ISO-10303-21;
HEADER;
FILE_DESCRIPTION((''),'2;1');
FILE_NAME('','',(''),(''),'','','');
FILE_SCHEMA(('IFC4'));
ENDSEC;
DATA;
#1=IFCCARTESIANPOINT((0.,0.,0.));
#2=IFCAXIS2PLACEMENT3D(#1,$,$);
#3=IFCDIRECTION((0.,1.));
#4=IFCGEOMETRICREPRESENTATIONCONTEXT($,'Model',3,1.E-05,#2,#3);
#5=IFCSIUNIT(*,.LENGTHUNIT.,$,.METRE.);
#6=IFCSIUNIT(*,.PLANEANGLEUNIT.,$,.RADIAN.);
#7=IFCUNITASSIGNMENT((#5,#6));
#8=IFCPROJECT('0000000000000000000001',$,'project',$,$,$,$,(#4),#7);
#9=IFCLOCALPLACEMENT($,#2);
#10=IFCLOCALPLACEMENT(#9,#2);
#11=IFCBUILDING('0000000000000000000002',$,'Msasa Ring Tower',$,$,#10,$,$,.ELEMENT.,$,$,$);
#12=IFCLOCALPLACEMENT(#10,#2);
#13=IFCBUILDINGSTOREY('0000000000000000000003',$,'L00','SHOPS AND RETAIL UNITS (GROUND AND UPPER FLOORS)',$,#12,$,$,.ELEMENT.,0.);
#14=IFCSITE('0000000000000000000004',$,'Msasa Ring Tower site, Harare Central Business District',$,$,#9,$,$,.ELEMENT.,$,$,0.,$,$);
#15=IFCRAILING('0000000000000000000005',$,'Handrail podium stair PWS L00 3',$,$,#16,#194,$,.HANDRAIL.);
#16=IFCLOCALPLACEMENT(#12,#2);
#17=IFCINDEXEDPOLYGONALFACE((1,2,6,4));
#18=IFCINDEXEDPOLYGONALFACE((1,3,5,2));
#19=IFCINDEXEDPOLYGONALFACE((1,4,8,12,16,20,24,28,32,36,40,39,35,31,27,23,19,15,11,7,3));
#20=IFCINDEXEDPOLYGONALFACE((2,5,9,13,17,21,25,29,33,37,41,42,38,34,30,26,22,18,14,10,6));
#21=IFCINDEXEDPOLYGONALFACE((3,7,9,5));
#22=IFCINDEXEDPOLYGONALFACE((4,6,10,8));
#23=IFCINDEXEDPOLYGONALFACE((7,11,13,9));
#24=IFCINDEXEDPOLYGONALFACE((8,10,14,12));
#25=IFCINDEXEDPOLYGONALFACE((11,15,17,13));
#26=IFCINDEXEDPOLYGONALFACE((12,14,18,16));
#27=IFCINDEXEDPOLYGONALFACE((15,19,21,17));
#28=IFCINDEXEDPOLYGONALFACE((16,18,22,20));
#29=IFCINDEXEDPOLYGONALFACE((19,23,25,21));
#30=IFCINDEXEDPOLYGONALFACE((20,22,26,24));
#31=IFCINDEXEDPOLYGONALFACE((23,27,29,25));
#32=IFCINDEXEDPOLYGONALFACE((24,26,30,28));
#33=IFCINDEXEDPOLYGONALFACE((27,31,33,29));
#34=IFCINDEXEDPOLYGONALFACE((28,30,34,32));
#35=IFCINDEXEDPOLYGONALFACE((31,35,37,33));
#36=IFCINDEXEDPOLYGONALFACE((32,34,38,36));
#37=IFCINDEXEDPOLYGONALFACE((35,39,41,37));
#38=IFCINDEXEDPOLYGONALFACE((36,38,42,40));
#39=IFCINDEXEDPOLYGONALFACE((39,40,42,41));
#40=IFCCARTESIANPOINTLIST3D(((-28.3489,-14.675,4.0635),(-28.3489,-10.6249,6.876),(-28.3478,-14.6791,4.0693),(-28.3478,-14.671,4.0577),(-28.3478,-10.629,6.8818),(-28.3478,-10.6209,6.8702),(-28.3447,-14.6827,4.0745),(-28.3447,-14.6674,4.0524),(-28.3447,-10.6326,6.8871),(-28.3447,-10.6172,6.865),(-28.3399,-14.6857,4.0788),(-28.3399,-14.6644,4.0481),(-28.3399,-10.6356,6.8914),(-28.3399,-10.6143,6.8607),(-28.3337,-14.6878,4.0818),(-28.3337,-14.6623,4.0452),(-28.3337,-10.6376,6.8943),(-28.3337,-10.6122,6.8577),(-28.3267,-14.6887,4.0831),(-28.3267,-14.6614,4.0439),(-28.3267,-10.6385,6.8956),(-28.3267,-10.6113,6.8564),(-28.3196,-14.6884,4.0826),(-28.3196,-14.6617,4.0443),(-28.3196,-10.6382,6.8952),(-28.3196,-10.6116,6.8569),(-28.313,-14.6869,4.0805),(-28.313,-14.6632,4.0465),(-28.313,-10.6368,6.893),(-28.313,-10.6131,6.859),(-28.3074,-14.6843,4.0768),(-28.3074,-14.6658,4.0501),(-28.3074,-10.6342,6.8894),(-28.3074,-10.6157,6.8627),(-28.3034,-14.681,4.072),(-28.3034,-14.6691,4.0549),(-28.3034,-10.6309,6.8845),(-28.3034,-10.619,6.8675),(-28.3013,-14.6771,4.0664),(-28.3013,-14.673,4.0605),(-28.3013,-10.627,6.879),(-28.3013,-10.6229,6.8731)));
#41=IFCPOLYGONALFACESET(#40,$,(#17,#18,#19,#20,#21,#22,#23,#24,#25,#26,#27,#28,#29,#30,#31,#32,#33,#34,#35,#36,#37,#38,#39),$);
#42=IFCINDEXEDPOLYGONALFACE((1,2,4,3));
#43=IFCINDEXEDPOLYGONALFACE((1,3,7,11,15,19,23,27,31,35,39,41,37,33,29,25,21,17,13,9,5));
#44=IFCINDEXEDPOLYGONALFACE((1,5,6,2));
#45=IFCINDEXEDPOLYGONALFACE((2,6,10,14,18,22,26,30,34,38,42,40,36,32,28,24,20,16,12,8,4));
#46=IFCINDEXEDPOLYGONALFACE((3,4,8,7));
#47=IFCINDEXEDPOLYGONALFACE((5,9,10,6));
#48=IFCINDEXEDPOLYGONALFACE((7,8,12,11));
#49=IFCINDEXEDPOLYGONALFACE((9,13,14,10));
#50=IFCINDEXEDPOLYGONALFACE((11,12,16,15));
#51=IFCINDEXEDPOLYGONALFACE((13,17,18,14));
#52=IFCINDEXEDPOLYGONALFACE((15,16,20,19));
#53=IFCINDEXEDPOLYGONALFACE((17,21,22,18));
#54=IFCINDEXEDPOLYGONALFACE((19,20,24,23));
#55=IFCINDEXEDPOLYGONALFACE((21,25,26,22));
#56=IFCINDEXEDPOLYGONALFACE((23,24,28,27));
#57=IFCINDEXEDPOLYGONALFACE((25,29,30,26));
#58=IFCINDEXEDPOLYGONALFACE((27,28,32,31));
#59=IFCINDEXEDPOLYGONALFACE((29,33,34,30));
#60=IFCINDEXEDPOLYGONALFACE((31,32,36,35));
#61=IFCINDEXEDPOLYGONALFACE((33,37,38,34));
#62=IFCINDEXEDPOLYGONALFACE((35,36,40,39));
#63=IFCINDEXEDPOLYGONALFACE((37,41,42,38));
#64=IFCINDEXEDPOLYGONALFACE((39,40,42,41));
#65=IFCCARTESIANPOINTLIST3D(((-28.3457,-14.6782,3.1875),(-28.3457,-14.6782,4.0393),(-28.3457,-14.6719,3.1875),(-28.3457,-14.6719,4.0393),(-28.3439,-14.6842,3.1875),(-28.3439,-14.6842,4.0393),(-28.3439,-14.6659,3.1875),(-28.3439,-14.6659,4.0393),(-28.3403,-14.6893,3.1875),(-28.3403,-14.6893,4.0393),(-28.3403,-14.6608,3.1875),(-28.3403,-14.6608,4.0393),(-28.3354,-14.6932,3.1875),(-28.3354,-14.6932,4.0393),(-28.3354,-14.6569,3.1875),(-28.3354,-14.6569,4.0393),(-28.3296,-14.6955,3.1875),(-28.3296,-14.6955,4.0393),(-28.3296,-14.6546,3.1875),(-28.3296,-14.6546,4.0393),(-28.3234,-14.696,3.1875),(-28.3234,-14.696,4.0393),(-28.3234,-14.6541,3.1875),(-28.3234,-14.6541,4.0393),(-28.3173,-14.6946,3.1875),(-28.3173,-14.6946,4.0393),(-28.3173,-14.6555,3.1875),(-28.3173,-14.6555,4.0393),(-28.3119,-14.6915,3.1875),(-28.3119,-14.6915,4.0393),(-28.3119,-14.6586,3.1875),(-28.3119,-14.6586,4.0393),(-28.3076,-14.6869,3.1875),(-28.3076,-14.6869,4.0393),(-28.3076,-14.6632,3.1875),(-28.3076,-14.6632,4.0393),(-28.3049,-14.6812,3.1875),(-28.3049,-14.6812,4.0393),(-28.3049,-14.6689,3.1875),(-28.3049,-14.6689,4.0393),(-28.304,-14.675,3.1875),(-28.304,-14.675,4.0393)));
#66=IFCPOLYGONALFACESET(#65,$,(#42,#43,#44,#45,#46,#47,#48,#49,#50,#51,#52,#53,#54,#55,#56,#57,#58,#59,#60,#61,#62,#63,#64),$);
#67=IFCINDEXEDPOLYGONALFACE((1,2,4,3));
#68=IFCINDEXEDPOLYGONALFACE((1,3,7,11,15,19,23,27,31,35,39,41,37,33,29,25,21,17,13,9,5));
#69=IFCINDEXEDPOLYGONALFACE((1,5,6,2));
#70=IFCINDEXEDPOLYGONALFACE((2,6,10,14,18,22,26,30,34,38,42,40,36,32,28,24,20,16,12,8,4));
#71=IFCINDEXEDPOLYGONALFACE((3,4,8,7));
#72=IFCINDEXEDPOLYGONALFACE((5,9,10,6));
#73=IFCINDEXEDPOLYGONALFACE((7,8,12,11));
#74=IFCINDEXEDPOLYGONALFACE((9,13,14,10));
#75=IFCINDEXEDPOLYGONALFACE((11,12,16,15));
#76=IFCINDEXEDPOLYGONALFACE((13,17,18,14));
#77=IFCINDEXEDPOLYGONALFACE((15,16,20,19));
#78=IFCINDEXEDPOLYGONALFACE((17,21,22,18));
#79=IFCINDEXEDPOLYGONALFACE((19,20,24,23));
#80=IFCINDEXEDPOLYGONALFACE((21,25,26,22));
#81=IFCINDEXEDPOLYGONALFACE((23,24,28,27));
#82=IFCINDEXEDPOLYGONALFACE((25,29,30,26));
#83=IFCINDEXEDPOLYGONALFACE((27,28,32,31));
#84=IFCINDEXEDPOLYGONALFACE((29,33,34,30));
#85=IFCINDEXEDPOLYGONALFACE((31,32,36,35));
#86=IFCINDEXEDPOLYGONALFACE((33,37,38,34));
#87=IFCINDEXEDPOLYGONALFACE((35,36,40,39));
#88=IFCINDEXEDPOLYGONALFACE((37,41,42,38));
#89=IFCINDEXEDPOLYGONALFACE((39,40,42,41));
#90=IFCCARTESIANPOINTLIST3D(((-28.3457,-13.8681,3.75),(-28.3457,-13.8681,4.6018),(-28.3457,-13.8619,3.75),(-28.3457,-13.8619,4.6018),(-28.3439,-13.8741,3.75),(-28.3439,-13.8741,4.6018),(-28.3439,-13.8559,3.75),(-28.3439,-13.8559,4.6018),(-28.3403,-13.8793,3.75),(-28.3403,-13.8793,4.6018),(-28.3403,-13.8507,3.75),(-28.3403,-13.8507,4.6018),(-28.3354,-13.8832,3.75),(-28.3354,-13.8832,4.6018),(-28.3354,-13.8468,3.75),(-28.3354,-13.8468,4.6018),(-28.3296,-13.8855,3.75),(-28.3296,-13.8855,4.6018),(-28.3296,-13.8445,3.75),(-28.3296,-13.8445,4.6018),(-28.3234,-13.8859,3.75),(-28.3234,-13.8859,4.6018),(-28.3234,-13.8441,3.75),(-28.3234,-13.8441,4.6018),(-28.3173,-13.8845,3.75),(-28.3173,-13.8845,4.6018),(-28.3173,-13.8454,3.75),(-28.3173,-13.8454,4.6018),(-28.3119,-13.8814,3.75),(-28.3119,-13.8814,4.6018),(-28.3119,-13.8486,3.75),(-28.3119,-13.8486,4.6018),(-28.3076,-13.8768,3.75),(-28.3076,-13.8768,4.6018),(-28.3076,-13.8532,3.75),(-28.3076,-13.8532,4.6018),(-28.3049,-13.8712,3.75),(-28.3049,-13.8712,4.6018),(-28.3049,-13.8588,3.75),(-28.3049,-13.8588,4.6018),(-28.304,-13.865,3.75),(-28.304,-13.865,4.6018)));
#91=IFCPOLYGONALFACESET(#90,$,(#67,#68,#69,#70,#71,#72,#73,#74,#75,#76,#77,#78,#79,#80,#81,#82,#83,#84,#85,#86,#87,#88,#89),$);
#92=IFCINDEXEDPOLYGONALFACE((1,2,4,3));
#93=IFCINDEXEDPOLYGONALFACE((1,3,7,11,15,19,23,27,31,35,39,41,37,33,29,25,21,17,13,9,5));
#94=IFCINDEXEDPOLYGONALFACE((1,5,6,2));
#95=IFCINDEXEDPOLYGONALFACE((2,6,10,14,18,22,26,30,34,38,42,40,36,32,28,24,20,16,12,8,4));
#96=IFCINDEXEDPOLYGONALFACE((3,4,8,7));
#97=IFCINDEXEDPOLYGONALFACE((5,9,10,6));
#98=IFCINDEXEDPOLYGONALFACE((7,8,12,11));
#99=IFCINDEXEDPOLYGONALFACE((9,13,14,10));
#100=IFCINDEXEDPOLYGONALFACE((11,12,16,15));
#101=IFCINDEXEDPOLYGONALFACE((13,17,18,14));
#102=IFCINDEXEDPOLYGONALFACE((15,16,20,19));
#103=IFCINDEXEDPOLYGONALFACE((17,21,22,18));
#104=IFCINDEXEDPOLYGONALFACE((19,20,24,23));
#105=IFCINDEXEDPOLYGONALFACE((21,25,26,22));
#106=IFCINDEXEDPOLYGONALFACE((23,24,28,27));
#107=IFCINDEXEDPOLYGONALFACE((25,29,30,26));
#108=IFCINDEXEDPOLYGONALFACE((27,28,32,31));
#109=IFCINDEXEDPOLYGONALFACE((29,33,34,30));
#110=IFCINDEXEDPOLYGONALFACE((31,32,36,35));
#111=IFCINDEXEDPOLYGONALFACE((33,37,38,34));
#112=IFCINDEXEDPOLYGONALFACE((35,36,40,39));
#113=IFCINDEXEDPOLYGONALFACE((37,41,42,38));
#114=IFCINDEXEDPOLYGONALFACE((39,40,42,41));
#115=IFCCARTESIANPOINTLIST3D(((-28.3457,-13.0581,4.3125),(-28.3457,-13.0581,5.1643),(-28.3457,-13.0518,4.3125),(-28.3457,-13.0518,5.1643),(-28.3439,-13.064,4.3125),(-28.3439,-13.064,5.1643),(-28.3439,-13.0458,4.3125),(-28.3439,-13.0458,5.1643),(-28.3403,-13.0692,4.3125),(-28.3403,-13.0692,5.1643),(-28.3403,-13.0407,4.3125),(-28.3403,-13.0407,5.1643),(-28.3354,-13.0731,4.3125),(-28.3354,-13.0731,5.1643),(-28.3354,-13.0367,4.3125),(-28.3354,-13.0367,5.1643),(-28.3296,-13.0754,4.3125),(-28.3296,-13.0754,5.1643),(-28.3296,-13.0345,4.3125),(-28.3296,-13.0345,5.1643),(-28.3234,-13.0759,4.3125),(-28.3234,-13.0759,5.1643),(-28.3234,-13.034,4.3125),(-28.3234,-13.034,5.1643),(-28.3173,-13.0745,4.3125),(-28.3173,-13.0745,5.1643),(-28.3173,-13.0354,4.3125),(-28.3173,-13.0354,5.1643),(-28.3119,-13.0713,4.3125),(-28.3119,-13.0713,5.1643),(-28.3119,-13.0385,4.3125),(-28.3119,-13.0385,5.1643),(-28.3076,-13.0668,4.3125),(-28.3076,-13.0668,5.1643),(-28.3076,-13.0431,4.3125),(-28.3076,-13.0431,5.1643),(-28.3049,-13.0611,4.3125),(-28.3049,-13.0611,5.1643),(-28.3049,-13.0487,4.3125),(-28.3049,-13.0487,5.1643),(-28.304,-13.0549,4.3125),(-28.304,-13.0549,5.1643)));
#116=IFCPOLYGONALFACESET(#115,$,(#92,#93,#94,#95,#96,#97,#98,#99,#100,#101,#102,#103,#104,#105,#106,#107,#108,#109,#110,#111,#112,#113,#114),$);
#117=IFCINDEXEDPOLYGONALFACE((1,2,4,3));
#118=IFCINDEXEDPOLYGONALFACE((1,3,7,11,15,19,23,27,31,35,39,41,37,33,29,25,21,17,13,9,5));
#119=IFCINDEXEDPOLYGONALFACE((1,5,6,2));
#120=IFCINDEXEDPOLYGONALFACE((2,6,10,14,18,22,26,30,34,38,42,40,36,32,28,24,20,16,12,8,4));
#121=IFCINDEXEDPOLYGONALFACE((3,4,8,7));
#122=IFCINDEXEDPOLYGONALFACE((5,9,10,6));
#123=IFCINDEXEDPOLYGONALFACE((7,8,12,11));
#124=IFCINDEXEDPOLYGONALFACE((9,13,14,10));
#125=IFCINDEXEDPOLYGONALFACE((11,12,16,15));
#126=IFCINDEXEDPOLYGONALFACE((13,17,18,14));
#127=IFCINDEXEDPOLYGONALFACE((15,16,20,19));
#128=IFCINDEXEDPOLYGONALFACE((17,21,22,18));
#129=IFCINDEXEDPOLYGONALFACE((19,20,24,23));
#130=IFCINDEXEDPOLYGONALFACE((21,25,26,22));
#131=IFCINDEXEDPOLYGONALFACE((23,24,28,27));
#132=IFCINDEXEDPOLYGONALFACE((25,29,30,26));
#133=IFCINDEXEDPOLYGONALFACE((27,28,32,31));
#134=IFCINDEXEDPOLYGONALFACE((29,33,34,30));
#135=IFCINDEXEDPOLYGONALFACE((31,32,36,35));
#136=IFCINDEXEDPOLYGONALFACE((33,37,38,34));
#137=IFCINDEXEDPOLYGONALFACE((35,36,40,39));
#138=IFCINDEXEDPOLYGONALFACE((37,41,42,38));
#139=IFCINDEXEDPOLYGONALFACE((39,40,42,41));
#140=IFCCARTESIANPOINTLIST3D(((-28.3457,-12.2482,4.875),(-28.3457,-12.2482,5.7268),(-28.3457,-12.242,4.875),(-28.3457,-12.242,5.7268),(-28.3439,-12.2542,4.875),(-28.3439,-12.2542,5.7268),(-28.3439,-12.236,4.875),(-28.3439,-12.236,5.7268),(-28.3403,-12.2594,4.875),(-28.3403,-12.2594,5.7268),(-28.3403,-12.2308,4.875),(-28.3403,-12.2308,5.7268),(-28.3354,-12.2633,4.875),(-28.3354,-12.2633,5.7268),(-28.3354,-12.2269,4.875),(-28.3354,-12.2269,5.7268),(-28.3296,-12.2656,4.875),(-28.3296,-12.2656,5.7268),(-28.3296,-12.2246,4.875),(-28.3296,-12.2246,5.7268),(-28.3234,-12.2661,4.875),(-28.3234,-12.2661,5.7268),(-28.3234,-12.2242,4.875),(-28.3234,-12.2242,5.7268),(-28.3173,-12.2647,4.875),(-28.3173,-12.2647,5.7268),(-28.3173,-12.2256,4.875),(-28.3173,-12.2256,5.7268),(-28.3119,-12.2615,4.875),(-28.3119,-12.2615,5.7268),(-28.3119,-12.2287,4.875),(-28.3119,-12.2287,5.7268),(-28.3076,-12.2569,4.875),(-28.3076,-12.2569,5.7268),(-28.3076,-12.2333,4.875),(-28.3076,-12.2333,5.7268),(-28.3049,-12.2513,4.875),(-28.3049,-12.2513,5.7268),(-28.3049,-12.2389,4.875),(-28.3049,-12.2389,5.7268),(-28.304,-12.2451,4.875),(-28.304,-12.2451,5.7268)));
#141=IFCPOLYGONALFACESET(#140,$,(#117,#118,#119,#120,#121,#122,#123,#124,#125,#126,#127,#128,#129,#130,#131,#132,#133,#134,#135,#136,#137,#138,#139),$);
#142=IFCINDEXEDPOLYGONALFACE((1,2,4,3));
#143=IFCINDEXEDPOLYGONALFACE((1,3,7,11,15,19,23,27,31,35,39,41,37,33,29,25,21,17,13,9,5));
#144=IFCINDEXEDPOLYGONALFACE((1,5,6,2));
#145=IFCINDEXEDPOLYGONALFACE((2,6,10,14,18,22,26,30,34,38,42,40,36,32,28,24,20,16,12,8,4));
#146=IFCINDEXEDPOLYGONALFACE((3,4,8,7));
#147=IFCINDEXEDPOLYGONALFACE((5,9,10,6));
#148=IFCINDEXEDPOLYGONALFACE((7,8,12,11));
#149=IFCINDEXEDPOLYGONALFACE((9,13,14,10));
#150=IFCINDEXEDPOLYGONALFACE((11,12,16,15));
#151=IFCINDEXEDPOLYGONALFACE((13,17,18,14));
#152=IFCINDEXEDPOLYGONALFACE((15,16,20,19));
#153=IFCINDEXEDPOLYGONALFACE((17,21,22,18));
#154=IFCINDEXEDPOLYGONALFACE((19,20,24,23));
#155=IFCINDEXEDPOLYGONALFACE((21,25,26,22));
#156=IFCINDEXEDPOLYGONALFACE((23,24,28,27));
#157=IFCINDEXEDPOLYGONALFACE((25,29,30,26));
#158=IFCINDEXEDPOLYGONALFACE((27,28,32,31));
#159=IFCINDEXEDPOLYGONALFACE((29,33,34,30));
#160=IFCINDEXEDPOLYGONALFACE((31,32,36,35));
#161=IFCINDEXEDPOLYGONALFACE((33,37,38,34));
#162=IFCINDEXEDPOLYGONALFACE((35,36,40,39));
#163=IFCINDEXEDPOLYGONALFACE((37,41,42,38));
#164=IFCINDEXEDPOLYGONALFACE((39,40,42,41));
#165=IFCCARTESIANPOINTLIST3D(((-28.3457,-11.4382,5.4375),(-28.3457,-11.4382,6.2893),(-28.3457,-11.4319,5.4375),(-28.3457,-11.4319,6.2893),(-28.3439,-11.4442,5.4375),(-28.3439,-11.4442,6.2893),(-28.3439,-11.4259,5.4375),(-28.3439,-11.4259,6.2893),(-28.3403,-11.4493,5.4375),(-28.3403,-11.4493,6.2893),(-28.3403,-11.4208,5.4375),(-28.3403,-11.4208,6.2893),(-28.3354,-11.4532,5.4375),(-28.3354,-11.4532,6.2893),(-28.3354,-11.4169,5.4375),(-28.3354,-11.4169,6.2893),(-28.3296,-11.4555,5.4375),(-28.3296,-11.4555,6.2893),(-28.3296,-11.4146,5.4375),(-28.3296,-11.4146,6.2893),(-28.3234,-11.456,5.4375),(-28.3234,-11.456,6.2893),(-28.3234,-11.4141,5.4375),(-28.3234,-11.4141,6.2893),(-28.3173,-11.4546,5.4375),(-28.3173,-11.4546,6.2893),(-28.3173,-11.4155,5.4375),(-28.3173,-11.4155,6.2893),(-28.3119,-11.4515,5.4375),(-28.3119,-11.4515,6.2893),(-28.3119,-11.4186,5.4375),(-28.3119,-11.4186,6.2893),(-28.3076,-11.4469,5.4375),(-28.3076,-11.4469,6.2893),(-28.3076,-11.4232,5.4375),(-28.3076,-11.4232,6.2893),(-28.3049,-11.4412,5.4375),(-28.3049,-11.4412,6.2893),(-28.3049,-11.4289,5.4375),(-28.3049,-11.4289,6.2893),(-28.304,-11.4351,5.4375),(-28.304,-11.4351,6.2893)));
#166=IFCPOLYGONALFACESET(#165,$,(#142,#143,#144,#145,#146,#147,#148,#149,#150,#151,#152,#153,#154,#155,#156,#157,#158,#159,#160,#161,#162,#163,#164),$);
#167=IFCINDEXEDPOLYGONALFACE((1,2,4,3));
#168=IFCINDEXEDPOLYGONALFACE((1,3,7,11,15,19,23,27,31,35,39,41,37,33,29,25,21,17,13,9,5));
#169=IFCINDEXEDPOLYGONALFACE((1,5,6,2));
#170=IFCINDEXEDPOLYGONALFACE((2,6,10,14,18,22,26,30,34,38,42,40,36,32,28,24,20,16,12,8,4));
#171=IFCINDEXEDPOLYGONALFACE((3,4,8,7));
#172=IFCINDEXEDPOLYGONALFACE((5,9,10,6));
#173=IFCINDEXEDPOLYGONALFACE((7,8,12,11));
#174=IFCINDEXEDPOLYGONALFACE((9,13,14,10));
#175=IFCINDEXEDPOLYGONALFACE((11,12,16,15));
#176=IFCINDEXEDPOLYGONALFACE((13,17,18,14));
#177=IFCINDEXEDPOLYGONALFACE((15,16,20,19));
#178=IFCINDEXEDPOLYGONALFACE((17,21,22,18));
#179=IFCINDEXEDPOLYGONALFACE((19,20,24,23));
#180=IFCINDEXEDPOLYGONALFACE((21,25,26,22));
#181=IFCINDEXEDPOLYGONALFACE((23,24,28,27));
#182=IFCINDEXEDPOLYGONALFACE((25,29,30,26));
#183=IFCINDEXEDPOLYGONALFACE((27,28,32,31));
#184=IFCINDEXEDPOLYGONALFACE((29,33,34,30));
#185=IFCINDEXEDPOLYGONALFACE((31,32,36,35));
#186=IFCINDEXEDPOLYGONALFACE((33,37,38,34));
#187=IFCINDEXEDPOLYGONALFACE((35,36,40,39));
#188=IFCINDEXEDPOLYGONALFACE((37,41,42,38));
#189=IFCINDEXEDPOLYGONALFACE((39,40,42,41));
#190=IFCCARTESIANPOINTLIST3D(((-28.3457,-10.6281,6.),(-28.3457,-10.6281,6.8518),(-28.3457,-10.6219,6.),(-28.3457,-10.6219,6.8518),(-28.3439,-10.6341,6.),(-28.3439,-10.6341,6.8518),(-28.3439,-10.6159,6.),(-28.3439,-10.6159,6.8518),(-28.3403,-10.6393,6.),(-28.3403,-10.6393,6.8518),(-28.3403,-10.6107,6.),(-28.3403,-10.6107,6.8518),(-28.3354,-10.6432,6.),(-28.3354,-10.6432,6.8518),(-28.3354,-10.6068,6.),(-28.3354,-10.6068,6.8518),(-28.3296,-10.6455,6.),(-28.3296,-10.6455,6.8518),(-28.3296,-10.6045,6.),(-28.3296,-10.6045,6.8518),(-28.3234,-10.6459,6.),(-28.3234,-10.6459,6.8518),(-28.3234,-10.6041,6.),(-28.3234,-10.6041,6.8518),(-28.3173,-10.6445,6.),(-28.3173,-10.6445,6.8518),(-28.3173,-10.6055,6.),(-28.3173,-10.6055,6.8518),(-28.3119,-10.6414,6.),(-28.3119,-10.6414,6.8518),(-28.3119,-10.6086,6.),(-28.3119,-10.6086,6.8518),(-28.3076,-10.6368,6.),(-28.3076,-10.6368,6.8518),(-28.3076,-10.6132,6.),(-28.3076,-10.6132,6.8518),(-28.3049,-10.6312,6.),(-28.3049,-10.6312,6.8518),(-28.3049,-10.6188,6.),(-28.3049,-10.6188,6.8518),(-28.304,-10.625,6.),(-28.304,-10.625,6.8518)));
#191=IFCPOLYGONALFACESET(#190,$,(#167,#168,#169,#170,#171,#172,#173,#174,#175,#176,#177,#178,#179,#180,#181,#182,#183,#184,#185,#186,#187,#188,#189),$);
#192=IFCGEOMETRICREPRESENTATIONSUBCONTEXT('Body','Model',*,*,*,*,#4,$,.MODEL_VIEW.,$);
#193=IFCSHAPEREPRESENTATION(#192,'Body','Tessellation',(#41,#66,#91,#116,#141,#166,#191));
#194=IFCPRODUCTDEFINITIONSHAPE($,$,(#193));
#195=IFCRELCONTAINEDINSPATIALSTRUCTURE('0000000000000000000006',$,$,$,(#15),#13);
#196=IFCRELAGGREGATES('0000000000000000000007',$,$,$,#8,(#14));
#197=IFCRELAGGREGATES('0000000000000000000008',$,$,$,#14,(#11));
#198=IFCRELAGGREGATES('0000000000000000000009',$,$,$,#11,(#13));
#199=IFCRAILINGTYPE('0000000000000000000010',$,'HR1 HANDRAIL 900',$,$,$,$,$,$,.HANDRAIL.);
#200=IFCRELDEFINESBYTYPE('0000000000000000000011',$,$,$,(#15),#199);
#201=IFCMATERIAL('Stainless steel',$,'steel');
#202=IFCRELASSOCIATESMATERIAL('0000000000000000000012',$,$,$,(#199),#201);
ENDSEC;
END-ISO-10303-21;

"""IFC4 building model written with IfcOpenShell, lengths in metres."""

from ifc_helpers import new_model, si_unit, direction, frame, origin, origin_2d, place, context, subcontext, project, spatial, circle, extrude, material, type_object, element, save


model = new_model("IFC4")

# Units and contexts
model_context = context("Model", 3, precision=1e-05, world=origin(), true_north=direction((0.0, 1.0)))
body_context = subcontext(model_context, "Body", "Model", "MODEL_VIEW")
ifc_project = project(units=[si_unit("LENGTHUNIT", "METRE"), si_unit("PLANEANGLEUNIT", "RADIAN")], contexts=[model_context])

# Site, building, storey
site_placement = place(None, origin())
site = spatial("IfcSite", under=ifc_project, at=site_placement, Name="Msasa Ring Tower site, Harare Central Business District", CompositionType="ELEMENT", RefElevation=0.0)
building_placement = place(site_placement, origin())
building = spatial("IfcBuilding", under=site, at=building_placement, Name="Msasa Ring Tower", CompositionType="ELEMENT")
storey_placement = place(building_placement, origin())
storey = spatial("IfcBuildingStorey", under=building, at=storey_placement, Name="L00", Description="SHOPS AND RETAIL UNITS (GROUND AND UPPER FLOORS)", CompositionType="ELEMENT", Elevation=0.0)

# Railing
ifc_material_1 = material(Name="Stainless steel", Category="steel")
railing_type = type_object("IfcRailingType", Name="HR1 HANDRAIL 900", PredefinedType="HANDRAIL", material=ifc_material_1)
for number, where, name in (
    (1, (-28.325, -14.675, 3.1875), "Handrail podium stair PWS L00 3"),
):
    element("IfcRailing", number, at=place(storey_placement, frame(where)), inside=storey, type_object=railing_type, Name=name, PredefinedType="HANDRAIL", context=body_context, shape_type="SweptSolid", body=[
        extrude(circle(Radius=0.0239, at=origin_2d()), frame((0.0, 0.0, 0.876), z_axis=(0.0, 0.821373, 0.570391), x_axis=(-1.0, 0.0, 0.0)), (0.0, 0.0, 1.0), 4.9309),
        extrude(circle(Radius=0.021, at=origin_2d()), origin(), (0.0, 0.0, 1.0), 0.8518),
        extrude(circle(Radius=0.021, at=origin_2d()), frame((0.0, 0.8101, 0.5625)), (0.0, 0.0, 1.0), 0.8518),
        extrude(circle(Radius=0.021, at=origin_2d()), frame((0.0, 1.6201, 1.125)), (0.0, 0.0, 1.0), 0.8518),
        extrude(circle(Radius=0.021, at=origin_2d()), frame((0.0, 2.4299, 1.6875)), (0.0, 0.0, 1.0), 0.8518),
        extrude(circle(Radius=0.021, at=origin_2d()), frame((0.0, 3.24, 2.25)), (0.0, 0.0, 1.0), 0.8518),
        extrude(circle(Radius=0.021, at=origin_2d()), frame((0.0, 4.05, 2.8125)), (0.0, 0.0, 1.0), 0.8518),
    ])

save(model, "model.ifc")
